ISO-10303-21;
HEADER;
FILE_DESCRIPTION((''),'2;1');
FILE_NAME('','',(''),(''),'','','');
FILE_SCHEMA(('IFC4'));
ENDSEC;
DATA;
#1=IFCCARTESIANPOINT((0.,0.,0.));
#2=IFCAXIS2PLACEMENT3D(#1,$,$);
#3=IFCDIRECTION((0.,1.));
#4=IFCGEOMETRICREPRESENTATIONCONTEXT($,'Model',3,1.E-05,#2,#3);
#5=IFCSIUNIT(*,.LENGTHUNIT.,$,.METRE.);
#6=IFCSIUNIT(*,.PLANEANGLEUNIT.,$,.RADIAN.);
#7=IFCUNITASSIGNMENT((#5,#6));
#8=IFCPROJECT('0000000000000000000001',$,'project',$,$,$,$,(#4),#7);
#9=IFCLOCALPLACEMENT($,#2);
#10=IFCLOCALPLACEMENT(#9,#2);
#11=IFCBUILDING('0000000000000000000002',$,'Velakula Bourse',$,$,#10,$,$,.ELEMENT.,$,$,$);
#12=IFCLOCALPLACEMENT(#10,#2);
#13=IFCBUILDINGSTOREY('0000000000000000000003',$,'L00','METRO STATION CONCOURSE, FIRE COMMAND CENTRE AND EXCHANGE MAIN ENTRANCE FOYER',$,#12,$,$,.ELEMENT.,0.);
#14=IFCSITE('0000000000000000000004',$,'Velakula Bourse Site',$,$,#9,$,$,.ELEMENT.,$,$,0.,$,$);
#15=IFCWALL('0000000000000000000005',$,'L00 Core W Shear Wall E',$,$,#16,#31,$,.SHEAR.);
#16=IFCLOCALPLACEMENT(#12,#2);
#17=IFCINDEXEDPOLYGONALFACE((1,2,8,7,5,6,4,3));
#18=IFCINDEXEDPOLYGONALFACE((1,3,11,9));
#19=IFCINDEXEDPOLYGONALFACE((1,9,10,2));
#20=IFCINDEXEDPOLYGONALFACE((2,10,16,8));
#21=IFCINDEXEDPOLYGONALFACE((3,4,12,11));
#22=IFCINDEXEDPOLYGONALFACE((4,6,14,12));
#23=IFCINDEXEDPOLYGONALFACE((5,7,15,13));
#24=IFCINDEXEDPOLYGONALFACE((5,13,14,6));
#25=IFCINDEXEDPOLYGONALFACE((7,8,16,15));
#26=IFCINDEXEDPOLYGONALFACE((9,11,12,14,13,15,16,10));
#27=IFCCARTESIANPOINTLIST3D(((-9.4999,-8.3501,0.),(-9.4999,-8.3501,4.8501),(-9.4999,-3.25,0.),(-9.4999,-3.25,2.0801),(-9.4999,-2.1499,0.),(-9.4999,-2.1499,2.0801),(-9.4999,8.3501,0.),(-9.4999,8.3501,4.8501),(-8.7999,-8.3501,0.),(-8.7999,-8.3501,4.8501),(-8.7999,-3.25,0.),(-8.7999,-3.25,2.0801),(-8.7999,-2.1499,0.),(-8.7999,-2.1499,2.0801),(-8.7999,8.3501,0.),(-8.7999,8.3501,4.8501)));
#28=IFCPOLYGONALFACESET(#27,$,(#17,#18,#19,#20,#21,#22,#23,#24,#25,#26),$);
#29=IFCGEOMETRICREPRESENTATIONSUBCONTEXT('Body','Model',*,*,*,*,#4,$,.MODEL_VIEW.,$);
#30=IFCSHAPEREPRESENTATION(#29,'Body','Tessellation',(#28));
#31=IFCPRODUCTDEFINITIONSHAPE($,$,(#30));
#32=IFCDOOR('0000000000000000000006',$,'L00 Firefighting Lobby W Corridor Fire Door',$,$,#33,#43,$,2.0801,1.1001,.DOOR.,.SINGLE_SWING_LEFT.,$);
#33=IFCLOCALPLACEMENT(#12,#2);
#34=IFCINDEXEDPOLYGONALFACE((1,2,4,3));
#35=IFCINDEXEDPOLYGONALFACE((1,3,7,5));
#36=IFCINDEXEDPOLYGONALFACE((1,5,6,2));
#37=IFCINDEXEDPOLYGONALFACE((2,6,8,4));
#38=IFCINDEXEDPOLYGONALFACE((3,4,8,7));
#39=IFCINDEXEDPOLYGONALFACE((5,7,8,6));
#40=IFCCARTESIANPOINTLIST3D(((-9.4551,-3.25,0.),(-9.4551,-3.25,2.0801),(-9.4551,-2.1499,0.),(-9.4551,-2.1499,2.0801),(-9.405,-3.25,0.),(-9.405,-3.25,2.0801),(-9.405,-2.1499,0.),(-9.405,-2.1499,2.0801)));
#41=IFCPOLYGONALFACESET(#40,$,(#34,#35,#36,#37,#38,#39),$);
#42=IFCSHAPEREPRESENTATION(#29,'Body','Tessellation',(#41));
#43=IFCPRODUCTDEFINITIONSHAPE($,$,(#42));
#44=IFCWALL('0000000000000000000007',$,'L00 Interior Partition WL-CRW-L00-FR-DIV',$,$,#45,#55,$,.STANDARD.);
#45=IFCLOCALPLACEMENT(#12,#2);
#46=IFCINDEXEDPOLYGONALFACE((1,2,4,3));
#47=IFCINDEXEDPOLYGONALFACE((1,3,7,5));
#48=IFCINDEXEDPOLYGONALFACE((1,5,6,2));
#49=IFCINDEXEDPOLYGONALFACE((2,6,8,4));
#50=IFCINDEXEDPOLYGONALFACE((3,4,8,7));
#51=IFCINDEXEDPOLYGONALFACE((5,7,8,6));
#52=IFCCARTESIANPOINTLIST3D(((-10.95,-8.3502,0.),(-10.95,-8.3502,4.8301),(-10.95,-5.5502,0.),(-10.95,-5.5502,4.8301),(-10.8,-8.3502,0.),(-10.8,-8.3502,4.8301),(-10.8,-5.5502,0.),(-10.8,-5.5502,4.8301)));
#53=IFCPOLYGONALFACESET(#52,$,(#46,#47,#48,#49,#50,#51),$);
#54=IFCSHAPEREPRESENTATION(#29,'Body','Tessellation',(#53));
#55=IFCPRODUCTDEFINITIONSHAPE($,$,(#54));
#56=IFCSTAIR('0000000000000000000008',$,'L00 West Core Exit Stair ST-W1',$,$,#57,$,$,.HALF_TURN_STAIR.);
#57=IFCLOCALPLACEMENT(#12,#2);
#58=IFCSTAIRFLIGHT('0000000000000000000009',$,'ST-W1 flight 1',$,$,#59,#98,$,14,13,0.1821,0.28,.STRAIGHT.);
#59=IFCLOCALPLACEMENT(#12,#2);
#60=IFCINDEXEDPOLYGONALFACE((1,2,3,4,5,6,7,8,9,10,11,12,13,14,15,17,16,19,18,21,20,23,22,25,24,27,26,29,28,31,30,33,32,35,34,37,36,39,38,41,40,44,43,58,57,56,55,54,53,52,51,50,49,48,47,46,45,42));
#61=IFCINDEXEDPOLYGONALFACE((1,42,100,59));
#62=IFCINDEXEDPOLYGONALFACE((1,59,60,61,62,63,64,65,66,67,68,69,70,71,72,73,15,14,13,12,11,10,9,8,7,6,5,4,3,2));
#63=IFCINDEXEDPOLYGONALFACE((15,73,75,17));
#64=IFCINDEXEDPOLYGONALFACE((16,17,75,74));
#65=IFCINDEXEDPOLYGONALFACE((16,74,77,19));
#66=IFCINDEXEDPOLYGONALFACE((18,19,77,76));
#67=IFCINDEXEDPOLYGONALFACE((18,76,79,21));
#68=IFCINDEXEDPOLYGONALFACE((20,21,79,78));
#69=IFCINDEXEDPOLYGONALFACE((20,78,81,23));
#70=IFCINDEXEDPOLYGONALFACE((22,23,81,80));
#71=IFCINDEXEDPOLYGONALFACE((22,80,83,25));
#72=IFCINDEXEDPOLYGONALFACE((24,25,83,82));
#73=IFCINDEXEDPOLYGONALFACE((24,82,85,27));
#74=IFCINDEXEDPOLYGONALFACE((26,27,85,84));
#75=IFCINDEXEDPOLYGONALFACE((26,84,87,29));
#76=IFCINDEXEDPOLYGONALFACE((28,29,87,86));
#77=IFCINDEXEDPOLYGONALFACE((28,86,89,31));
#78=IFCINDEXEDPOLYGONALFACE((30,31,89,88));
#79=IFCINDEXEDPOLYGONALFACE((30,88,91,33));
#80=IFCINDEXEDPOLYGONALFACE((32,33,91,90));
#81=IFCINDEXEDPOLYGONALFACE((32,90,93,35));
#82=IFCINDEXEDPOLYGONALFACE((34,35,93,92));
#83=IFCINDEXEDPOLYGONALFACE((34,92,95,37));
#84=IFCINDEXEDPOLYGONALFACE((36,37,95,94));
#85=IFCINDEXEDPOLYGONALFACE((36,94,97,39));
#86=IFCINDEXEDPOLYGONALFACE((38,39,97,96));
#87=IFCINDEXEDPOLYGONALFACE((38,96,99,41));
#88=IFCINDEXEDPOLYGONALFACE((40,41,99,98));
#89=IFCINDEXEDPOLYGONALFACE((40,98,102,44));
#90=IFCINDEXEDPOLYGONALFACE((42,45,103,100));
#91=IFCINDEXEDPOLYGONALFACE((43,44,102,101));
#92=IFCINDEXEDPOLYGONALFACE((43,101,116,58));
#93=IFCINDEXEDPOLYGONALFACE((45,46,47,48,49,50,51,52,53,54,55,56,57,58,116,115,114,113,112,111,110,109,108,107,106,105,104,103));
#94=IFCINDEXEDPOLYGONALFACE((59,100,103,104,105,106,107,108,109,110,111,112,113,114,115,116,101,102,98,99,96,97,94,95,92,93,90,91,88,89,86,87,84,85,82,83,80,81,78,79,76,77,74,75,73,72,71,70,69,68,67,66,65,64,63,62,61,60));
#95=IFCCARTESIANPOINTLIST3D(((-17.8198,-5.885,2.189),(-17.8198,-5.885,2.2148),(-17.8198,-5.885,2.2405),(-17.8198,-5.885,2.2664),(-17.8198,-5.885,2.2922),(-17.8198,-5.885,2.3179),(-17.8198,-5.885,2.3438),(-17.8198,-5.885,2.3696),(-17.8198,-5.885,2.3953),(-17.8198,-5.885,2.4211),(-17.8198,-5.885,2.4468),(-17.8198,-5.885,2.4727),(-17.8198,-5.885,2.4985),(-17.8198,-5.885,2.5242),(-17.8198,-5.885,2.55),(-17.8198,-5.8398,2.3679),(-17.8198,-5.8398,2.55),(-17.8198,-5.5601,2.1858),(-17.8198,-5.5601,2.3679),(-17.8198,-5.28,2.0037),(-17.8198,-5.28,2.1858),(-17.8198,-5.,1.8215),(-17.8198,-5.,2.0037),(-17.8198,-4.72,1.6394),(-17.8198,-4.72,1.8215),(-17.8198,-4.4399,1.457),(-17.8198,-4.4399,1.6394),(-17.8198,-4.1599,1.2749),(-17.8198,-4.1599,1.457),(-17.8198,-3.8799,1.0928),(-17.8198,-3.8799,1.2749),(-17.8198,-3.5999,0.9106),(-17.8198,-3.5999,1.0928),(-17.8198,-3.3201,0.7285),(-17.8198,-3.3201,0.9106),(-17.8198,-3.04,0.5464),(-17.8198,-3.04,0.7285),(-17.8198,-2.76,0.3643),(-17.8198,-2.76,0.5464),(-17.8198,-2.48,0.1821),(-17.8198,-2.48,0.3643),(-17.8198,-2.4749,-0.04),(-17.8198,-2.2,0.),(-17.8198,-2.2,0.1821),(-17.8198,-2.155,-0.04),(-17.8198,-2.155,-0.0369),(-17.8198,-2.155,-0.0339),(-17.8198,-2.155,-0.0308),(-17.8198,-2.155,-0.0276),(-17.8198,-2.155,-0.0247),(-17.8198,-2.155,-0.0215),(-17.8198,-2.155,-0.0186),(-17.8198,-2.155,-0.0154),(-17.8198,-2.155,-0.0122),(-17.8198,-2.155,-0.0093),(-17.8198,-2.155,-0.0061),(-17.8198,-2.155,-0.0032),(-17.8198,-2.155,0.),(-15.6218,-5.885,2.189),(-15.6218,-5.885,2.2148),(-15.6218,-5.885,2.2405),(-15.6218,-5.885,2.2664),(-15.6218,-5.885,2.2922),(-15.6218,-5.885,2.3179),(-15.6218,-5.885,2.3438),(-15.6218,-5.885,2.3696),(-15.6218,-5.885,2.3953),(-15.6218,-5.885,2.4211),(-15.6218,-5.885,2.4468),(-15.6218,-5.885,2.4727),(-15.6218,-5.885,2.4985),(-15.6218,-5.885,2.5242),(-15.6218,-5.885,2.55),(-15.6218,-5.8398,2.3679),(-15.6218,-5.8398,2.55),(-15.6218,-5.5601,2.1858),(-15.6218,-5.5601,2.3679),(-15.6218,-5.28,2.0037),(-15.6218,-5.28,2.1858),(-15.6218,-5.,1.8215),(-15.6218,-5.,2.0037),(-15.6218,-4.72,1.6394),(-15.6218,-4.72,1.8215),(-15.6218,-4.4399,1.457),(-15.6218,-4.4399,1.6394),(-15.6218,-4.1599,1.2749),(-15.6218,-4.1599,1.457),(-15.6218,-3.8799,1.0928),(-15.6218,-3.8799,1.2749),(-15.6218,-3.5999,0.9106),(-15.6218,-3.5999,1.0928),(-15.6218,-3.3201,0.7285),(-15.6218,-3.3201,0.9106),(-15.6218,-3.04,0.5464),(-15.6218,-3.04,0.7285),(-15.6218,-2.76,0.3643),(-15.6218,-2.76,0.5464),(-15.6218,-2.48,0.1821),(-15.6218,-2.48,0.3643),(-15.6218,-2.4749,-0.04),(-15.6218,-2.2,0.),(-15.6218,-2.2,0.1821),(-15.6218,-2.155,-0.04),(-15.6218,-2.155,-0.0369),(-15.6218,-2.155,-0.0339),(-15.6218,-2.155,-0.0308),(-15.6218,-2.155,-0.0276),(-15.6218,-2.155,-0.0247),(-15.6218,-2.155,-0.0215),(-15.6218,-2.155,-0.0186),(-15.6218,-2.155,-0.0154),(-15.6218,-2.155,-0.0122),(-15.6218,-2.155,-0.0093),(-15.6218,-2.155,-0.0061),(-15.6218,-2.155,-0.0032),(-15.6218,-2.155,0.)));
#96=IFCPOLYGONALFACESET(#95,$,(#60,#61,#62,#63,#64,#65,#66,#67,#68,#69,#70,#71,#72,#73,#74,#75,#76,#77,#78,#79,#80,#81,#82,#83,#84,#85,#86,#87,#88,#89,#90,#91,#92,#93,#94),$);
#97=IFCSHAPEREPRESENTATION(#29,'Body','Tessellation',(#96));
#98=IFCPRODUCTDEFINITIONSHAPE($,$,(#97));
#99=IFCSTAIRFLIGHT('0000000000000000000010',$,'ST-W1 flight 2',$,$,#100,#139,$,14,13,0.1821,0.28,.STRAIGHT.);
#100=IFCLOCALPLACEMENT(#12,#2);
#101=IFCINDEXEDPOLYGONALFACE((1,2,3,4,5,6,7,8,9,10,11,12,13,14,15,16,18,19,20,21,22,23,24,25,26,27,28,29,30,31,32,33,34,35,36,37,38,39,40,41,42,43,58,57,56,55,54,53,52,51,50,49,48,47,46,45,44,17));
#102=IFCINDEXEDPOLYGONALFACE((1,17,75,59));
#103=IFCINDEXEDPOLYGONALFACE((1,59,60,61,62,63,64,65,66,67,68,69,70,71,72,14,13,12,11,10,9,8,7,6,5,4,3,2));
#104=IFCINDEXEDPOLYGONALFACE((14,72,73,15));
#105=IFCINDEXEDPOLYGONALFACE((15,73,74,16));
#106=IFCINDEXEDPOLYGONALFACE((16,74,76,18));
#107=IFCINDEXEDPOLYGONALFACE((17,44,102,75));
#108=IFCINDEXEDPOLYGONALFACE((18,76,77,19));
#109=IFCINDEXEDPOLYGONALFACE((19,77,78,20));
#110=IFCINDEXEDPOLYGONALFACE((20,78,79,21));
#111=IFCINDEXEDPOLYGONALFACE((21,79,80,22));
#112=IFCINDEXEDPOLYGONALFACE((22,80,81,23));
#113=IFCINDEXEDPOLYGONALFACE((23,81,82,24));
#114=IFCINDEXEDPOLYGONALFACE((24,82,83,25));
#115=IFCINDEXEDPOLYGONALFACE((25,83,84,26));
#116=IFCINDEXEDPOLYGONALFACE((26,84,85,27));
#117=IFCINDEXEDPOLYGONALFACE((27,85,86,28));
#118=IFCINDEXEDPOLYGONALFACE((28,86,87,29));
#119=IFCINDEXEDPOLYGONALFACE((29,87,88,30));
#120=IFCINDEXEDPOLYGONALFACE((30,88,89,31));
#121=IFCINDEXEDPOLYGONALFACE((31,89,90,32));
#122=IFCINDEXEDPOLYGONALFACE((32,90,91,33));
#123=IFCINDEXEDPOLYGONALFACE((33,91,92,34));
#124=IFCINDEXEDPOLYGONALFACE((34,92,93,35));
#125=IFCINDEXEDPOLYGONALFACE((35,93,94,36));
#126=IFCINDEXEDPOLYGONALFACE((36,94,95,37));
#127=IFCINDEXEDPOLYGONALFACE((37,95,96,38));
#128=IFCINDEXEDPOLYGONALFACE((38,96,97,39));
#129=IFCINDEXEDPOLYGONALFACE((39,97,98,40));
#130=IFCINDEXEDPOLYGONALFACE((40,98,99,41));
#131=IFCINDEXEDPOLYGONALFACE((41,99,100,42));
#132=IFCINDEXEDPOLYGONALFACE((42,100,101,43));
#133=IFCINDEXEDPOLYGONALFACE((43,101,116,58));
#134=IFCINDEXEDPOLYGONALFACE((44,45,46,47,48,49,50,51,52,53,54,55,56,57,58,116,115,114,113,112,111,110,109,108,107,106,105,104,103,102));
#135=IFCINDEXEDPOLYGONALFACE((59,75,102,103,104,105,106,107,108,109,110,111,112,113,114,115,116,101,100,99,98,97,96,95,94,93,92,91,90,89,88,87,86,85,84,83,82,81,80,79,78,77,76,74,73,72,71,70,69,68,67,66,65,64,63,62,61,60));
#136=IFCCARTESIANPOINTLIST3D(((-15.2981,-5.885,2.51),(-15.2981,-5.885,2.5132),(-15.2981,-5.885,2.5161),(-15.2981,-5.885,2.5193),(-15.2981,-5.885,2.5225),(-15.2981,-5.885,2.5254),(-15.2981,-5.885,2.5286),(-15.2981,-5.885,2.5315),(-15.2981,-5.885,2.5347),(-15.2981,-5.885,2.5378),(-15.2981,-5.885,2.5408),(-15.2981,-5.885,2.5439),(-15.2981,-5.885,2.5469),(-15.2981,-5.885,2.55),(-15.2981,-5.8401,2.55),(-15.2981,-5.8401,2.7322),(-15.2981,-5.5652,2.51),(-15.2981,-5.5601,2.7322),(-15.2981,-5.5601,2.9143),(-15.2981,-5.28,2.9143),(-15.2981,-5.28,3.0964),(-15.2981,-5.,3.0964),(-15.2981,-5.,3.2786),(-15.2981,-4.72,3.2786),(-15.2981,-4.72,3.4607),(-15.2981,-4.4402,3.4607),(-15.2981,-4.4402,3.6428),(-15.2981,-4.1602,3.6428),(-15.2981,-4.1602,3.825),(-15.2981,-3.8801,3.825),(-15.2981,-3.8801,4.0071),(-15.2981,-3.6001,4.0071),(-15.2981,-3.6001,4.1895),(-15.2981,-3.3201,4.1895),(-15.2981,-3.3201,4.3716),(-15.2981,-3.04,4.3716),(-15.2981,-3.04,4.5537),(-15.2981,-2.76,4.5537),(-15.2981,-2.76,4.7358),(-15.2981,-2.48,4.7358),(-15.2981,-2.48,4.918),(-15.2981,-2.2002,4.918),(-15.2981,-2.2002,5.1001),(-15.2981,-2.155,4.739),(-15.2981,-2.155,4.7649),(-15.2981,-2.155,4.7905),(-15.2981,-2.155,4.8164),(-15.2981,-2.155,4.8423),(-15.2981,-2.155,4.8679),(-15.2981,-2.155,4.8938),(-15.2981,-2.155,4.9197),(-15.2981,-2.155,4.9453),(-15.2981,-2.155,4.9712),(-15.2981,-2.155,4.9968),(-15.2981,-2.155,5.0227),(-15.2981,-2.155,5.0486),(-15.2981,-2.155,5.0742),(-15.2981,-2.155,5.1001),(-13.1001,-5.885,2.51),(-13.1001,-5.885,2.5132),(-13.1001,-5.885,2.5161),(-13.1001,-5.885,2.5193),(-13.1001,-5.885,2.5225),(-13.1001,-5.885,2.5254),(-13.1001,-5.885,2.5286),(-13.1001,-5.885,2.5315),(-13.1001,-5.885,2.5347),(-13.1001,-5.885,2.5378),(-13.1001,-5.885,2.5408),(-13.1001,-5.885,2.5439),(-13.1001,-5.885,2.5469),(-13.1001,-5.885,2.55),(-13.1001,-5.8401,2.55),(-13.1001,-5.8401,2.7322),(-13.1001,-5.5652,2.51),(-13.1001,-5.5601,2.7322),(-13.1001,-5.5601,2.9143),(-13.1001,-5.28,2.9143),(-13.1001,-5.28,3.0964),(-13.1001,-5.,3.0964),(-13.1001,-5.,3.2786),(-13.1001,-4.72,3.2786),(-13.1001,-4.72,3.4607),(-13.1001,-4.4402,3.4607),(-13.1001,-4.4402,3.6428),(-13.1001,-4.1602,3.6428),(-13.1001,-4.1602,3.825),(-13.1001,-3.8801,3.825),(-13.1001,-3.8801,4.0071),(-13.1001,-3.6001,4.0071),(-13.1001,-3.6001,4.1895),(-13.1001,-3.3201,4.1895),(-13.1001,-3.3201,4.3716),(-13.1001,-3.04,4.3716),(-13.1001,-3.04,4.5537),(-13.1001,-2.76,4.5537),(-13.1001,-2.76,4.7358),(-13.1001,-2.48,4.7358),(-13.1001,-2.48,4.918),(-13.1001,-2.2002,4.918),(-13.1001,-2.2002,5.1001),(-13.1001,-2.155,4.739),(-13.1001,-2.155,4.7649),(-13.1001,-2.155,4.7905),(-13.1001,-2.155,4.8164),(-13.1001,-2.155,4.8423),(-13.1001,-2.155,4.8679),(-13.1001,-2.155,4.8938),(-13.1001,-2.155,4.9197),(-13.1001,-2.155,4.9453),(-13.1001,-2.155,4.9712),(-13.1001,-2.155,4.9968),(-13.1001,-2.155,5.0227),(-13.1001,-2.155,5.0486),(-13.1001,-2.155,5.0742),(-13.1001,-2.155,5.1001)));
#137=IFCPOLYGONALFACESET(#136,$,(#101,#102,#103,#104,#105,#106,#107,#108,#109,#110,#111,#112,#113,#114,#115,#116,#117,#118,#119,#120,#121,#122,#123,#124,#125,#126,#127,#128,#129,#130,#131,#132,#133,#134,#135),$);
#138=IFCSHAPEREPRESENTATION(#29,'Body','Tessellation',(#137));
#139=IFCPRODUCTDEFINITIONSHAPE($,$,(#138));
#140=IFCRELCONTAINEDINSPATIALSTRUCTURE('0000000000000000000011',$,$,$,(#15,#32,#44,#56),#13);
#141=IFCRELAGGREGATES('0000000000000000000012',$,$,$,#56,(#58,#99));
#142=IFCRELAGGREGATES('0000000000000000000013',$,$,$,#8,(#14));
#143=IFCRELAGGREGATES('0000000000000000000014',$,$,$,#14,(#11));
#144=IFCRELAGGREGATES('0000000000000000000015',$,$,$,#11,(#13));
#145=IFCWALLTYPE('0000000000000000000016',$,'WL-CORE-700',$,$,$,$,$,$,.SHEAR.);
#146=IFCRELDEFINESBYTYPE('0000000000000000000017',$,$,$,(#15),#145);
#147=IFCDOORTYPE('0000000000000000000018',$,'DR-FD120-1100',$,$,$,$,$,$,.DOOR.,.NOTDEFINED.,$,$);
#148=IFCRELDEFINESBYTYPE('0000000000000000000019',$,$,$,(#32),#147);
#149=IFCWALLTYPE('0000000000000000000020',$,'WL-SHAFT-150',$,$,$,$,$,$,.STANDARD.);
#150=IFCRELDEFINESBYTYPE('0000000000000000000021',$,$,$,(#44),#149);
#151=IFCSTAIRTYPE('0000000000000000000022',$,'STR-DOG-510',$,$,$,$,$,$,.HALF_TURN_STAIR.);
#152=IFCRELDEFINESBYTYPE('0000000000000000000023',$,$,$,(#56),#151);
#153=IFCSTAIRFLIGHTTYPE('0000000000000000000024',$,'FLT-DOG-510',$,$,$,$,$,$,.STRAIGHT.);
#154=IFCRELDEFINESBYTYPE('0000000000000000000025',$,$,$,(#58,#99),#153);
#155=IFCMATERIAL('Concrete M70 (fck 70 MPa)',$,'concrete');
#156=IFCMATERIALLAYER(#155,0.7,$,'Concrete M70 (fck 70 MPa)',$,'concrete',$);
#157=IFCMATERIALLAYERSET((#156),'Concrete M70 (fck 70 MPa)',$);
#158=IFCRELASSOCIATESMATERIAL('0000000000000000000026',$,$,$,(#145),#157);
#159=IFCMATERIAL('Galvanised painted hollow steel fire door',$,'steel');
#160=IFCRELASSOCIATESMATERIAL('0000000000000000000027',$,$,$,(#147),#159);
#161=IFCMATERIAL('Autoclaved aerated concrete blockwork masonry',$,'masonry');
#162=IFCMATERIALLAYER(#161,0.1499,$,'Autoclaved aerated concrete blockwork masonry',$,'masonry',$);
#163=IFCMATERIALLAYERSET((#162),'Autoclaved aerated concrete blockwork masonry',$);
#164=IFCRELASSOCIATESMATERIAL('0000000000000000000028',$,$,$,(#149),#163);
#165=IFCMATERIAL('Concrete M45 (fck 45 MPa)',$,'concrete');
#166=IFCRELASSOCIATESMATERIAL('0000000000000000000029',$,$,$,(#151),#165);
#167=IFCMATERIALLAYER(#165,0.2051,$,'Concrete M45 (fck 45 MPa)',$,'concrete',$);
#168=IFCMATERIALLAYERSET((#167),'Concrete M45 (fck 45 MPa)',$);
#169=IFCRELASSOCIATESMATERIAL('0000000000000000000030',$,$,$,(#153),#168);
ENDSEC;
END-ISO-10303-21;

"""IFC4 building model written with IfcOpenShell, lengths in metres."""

from ifc_helpers import new_model, si_unit, direction, frame, frame_2d, origin, place, context, subcontext, project, spatial, polyline, rectangle, outline, extrude, material, layer, layer_set, type_object, element, fill, aggregate, save


model = new_model("IFC4")

# Units and contexts
model_context = context("Model", 3, precision=1e-05, world=origin(), true_north=direction((0.0, 1.0)))
body_context = subcontext(model_context, "Body", "Model", "MODEL_VIEW")
ifc_project = project(units=[si_unit("LENGTHUNIT", "METRE"), si_unit("PLANEANGLEUNIT", "RADIAN")], contexts=[model_context])

# Site, building, storey
site_placement = place(None, origin())
site = spatial("IfcSite", under=ifc_project, at=site_placement, Name="Velakula Bourse Site", CompositionType="ELEMENT", RefElevation=0.0)
building_placement = place(site_placement, origin())
building = spatial("IfcBuilding", under=site, at=building_placement, Name="Velakula Bourse", CompositionType="ELEMENT")
storey_placement = place(building_placement, origin())
storey = spatial("IfcBuildingStorey", under=building, at=storey_placement, Name="L00", Description="METRO STATION CONCOURSE, FIRE COMMAND CENTRE AND EXCHANGE MAIN ENTRANCE FOYER", CompositionType="ELEMENT", Elevation=0.0)

# Shared definitions
ifc_material_1 = material(Name="Concrete M70 (fck 70 MPa)", Category="concrete")

# Shared definitions
ifc_material_2 = material(Name="Galvanised painted hollow steel fire door", Category="steel")

# Shared definitions
ifc_layer_1 = layer(ifc_material_1, 0.7, Name="Concrete M70 (fck 70 MPa)", Category="concrete")
ifc_layer_set_1 = layer_set([ifc_layer_1], Name="Concrete M70 (fck 70 MPa)")
wall_type_1 = type_object("IfcWallType", Name="WL-CORE-700", PredefinedType="SHEAR", material=ifc_layer_set_1)

# Wall, opening, door
wall_1_placement = place(storey_placement, frame((-9.1499, -8.3501, 0.0), z_axis=(0.0, 0.0, 1.0), x_axis=(0.0, 1.0, 0.0)))
wall_1 = element("IfcWall", 1, at=wall_1_placement, inside=storey, type_object=wall_type_1, Name="L00 Core W Shear Wall E", PredefinedType="SHEAR", context=body_context, shape_type="SweptSolid", body=[
    extrude(rectangle(XDim=16.7002, YDim=0.7, at=frame_2d((8.3501, 0.0))), origin(), (0.0, 0.0, 1.0), 4.8501),
])
opening_1_placement = place(wall_1_placement, frame((5.1001, 0.0, 0.0)))
opening_1 = element("IfcOpeningElement", 2, at=opening_1_placement, cuts=wall_1, PredefinedType="OPENING", context=body_context, shape_type="SweptSolid", body=[
    extrude(rectangle(XDim=1.1001, YDim=2.0801, at=frame_2d((0.55, 1.04))), frame((0.0, 0.3599, 0.0), z_axis=(0.0, -1.0, 0.0), x_axis=(1.0, 0.0, 0.0)), (0.0, 0.0, 1.0), 0.72),
])
door_type_1 = type_object("IfcDoorType", Name="DR-FD120-1100", OperationType="NOTDEFINED", PredefinedType="DOOR", material=ifc_material_2)
door_1_placement = place(opening_1_placement, origin())
door_1 = element("IfcDoor", 3, at=door_1_placement, inside=storey, type_object=door_type_1, Name="L00 Firefighting Lobby W Corridor Fire Door", OperationType="SINGLE_SWING_LEFT", OverallHeight=2.0801, OverallWidth=1.1001, PredefinedType="DOOR", context=body_context, shape_type="SweptSolid", body=[
    extrude(rectangle(XDim=1.1001, YDim=2.0801, at=frame_2d((0.55, 1.04))), frame((0.0, 0.3052, 0.0), z_axis=(0.0, -1.0, 0.0), x_axis=(1.0, 0.0, 0.0)), (0.0, 0.0, 1.0), 0.05),
])
fill(opening_1, door_1)

# Shared definitions
ifc_material_3 = material(Name="Autoclaved aerated concrete blockwork masonry", Category="masonry")
ifc_layer_2 = layer(ifc_material_3, 0.1499, Name="Autoclaved aerated concrete blockwork masonry", Category="masonry")
ifc_layer_set_2 = layer_set([ifc_layer_2], Name="Autoclaved aerated concrete blockwork masonry")
wall_type_2 = type_object("IfcWallType", Name="WL-SHAFT-150", PredefinedType="STANDARD", material=ifc_layer_set_2)

# Wall
wall_2_placement = place(storey_placement, frame((-10.875, -8.3501, 0.0), z_axis=(0.0, 0.0, 1.0), x_axis=(0.0, 1.0, 0.0)))
element("IfcWall", 4, at=wall_2_placement, inside=storey, type_object=wall_type_2, Name="L00 Interior Partition WL-CRW-L00-FR-DIV", PredefinedType="STANDARD", context=body_context, shape_type="SweptSolid", body=[
    extrude(rectangle(XDim=2.8, YDim=0.1499, at=frame_2d((1.3999, 0.0))), origin(), (0.0, 0.0, 1.0), 4.8301),
])

# Stair, stair flights
ifc_material_4 = material(Name="Concrete M45 (fck 45 MPa)", Category="concrete")
stair_type = type_object("IfcStairType", Name="STR-DOG-510", PredefinedType="HALF_TURN_STAIR", material=ifc_material_4)
stair_placement = place(storey_placement, origin())
stair = element("IfcStair", 5, at=stair_placement, inside=storey, type_object=stair_type, Name="L00 West Core Exit Stair ST-W1", PredefinedType="HALF_TURN_STAIR")
ifc_layer_3 = layer(ifc_material_4, 0.2051, Name="Concrete M45 (fck 45 MPa)", Category="concrete")
ifc_layer_set_3 = layer_set([ifc_layer_3], Name="Concrete M45 (fck 45 MPa)")
stair_flight_type = type_object("IfcStairFlightType", Name="FLT-DOG-510", PredefinedType="STRAIGHT", material=ifc_layer_set_3)
stair_flight_1_placement = place(storey_placement, frame((-16.7209, -2.2, 0.0), z_axis=(0.0, 0.0, 1.0), x_axis=(0.0, -1.0, 0.0)))
stair_flight_1 = element("IfcStairFlight", 6, at=stair_flight_1_placement, type_object=stair_flight_type, Name="ST-W1 flight 1", NumberOfRisers=14, NumberOfTreads=13, PredefinedType="STRAIGHT", RiserHeight=0.1821, TreadLength=0.28, context=body_context, shape_type="SweptSolid", body=[
    extrude(outline(polyline([(-0.0449, -0.04), (-0.0449, -0.0369), (-0.0449, -0.0339), (-0.0449, -0.0308), (-0.0449, -0.0276), (-0.0449, -0.0247), (-0.0449, -0.0215), (-0.0449, -0.0186), (-0.0449, -0.0154), (-0.0449, -0.0122), (-0.0449, -0.0093), (-0.0449, -0.0061), (-0.0449, -0.0032), (-0.0449, 0.0), (0.0, 0.0), (0.0, 0.1821), (0.28, 0.1821), (0.28, 0.3643), (0.5601, 0.3643), (0.5601, 0.5464), (0.8401, 0.5464), (0.8401, 0.7285), (1.1201, 0.7285), (1.1201, 0.9106), (1.3999, 0.9106), (1.3999, 1.0928), (1.6799, 1.0928), (1.6799, 1.2749), (1.96, 1.2749), (1.96, 1.457), (2.24, 1.457), (2.24, 1.6394), (2.52, 1.6394), (2.52, 1.8215), (2.8, 1.8215), (2.8, 2.0037), (3.0801, 2.0037), (3.0801, 2.1858), (3.3601, 2.1858), (3.3601, 2.3679), (3.6399, 2.3679), (3.6399, 2.55), (3.6851, 2.55), (3.6851, 2.5242), (3.6851, 2.4985), (3.6851, 2.4727), (3.6851, 2.4468), (3.6851, 2.4211), (3.6851, 2.3953), (3.6851, 2.3696), (3.6851, 2.3438), (3.6851, 2.3179), (3.6851, 2.2922), (3.6851, 2.2664), (3.6851, 2.2405), (3.6851, 2.2148), (3.6851, 2.189), (0.2749, -0.04), (-0.0449, -0.04)])), frame((0.0, 1.0991, 0.0), z_axis=(0.0, -1.0, 0.0), x_axis=(1.0, 0.0, 0.0)), (0.0, 0.0, 1.0), 2.198),
])
stair_flight_2_placement = place(storey_placement, frame((-14.199, -5.8401, 2.55), z_axis=(0.0, 0.0, 1.0), x_axis=(0.0, 1.0, 0.0)))
stair_flight_2 = element("IfcStairFlight", 7, at=stair_flight_2_placement, type_object=stair_flight_type, Name="ST-W1 flight 2", NumberOfRisers=14, NumberOfTreads=13, PredefinedType="STRAIGHT", RiserHeight=0.1821, TreadLength=0.28, context=body_context, shape_type="SweptSolid", body=[
    extrude(outline(polyline([(-0.0449, -0.04), (-0.0449, -0.0369), (-0.0449, -0.0339), (-0.0449, -0.0308), (-0.0449, -0.0276), (-0.0449, -0.0247), (-0.0449, -0.0215), (-0.0449, -0.0186), (-0.0449, -0.0154), (-0.0449, -0.0122), (-0.0449, -0.0093), (-0.0449, -0.0061), (-0.0449, -0.0032), (-0.0449, 0.0), (0.0, 0.0), (0.0, 0.1821), (0.28, 0.1821), (0.28, 0.3643), (0.5601, 0.3643), (0.5601, 0.5464), (0.8401, 0.5464), (0.8401, 0.7285), (1.1201, 0.7285), (1.1201, 0.9106), (1.3999, 0.9106), (1.3999, 1.0928), (1.6799, 1.0928), (1.6799, 1.2749), (1.96, 1.2749), (1.96, 1.457), (2.24, 1.457), (2.24, 1.6394), (2.52, 1.6394), (2.52, 1.8215), (2.8, 1.8215), (2.8, 2.0037), (3.0801, 2.0037), (3.0801, 2.1858), (3.3601, 2.1858), (3.3601, 2.3679), (3.6399, 2.3679), (3.6399, 2.55), (3.6851, 2.55), (3.6851, 2.5242), (3.6851, 2.4985), (3.6851, 2.4727), (3.6851, 2.4468), (3.6851, 2.4211), (3.6851, 2.3953), (3.6851, 2.3696), (3.6851, 2.3438), (3.6851, 2.3179), (3.6851, 2.2922), (3.6851, 2.2664), (3.6851, 2.2405), (3.6851, 2.2148), (3.6851, 2.189), (0.2749, -0.04), (-0.0449, -0.04)])), frame((0.0, 1.0991, 0.0), z_axis=(0.0, -1.0, 0.0), x_axis=(1.0, 0.0, 0.0)), (0.0, 0.0, 1.0), 2.198),
])
aggregate(stair, [stair_flight_1, stair_flight_2])

save(model, "model.ifc")
